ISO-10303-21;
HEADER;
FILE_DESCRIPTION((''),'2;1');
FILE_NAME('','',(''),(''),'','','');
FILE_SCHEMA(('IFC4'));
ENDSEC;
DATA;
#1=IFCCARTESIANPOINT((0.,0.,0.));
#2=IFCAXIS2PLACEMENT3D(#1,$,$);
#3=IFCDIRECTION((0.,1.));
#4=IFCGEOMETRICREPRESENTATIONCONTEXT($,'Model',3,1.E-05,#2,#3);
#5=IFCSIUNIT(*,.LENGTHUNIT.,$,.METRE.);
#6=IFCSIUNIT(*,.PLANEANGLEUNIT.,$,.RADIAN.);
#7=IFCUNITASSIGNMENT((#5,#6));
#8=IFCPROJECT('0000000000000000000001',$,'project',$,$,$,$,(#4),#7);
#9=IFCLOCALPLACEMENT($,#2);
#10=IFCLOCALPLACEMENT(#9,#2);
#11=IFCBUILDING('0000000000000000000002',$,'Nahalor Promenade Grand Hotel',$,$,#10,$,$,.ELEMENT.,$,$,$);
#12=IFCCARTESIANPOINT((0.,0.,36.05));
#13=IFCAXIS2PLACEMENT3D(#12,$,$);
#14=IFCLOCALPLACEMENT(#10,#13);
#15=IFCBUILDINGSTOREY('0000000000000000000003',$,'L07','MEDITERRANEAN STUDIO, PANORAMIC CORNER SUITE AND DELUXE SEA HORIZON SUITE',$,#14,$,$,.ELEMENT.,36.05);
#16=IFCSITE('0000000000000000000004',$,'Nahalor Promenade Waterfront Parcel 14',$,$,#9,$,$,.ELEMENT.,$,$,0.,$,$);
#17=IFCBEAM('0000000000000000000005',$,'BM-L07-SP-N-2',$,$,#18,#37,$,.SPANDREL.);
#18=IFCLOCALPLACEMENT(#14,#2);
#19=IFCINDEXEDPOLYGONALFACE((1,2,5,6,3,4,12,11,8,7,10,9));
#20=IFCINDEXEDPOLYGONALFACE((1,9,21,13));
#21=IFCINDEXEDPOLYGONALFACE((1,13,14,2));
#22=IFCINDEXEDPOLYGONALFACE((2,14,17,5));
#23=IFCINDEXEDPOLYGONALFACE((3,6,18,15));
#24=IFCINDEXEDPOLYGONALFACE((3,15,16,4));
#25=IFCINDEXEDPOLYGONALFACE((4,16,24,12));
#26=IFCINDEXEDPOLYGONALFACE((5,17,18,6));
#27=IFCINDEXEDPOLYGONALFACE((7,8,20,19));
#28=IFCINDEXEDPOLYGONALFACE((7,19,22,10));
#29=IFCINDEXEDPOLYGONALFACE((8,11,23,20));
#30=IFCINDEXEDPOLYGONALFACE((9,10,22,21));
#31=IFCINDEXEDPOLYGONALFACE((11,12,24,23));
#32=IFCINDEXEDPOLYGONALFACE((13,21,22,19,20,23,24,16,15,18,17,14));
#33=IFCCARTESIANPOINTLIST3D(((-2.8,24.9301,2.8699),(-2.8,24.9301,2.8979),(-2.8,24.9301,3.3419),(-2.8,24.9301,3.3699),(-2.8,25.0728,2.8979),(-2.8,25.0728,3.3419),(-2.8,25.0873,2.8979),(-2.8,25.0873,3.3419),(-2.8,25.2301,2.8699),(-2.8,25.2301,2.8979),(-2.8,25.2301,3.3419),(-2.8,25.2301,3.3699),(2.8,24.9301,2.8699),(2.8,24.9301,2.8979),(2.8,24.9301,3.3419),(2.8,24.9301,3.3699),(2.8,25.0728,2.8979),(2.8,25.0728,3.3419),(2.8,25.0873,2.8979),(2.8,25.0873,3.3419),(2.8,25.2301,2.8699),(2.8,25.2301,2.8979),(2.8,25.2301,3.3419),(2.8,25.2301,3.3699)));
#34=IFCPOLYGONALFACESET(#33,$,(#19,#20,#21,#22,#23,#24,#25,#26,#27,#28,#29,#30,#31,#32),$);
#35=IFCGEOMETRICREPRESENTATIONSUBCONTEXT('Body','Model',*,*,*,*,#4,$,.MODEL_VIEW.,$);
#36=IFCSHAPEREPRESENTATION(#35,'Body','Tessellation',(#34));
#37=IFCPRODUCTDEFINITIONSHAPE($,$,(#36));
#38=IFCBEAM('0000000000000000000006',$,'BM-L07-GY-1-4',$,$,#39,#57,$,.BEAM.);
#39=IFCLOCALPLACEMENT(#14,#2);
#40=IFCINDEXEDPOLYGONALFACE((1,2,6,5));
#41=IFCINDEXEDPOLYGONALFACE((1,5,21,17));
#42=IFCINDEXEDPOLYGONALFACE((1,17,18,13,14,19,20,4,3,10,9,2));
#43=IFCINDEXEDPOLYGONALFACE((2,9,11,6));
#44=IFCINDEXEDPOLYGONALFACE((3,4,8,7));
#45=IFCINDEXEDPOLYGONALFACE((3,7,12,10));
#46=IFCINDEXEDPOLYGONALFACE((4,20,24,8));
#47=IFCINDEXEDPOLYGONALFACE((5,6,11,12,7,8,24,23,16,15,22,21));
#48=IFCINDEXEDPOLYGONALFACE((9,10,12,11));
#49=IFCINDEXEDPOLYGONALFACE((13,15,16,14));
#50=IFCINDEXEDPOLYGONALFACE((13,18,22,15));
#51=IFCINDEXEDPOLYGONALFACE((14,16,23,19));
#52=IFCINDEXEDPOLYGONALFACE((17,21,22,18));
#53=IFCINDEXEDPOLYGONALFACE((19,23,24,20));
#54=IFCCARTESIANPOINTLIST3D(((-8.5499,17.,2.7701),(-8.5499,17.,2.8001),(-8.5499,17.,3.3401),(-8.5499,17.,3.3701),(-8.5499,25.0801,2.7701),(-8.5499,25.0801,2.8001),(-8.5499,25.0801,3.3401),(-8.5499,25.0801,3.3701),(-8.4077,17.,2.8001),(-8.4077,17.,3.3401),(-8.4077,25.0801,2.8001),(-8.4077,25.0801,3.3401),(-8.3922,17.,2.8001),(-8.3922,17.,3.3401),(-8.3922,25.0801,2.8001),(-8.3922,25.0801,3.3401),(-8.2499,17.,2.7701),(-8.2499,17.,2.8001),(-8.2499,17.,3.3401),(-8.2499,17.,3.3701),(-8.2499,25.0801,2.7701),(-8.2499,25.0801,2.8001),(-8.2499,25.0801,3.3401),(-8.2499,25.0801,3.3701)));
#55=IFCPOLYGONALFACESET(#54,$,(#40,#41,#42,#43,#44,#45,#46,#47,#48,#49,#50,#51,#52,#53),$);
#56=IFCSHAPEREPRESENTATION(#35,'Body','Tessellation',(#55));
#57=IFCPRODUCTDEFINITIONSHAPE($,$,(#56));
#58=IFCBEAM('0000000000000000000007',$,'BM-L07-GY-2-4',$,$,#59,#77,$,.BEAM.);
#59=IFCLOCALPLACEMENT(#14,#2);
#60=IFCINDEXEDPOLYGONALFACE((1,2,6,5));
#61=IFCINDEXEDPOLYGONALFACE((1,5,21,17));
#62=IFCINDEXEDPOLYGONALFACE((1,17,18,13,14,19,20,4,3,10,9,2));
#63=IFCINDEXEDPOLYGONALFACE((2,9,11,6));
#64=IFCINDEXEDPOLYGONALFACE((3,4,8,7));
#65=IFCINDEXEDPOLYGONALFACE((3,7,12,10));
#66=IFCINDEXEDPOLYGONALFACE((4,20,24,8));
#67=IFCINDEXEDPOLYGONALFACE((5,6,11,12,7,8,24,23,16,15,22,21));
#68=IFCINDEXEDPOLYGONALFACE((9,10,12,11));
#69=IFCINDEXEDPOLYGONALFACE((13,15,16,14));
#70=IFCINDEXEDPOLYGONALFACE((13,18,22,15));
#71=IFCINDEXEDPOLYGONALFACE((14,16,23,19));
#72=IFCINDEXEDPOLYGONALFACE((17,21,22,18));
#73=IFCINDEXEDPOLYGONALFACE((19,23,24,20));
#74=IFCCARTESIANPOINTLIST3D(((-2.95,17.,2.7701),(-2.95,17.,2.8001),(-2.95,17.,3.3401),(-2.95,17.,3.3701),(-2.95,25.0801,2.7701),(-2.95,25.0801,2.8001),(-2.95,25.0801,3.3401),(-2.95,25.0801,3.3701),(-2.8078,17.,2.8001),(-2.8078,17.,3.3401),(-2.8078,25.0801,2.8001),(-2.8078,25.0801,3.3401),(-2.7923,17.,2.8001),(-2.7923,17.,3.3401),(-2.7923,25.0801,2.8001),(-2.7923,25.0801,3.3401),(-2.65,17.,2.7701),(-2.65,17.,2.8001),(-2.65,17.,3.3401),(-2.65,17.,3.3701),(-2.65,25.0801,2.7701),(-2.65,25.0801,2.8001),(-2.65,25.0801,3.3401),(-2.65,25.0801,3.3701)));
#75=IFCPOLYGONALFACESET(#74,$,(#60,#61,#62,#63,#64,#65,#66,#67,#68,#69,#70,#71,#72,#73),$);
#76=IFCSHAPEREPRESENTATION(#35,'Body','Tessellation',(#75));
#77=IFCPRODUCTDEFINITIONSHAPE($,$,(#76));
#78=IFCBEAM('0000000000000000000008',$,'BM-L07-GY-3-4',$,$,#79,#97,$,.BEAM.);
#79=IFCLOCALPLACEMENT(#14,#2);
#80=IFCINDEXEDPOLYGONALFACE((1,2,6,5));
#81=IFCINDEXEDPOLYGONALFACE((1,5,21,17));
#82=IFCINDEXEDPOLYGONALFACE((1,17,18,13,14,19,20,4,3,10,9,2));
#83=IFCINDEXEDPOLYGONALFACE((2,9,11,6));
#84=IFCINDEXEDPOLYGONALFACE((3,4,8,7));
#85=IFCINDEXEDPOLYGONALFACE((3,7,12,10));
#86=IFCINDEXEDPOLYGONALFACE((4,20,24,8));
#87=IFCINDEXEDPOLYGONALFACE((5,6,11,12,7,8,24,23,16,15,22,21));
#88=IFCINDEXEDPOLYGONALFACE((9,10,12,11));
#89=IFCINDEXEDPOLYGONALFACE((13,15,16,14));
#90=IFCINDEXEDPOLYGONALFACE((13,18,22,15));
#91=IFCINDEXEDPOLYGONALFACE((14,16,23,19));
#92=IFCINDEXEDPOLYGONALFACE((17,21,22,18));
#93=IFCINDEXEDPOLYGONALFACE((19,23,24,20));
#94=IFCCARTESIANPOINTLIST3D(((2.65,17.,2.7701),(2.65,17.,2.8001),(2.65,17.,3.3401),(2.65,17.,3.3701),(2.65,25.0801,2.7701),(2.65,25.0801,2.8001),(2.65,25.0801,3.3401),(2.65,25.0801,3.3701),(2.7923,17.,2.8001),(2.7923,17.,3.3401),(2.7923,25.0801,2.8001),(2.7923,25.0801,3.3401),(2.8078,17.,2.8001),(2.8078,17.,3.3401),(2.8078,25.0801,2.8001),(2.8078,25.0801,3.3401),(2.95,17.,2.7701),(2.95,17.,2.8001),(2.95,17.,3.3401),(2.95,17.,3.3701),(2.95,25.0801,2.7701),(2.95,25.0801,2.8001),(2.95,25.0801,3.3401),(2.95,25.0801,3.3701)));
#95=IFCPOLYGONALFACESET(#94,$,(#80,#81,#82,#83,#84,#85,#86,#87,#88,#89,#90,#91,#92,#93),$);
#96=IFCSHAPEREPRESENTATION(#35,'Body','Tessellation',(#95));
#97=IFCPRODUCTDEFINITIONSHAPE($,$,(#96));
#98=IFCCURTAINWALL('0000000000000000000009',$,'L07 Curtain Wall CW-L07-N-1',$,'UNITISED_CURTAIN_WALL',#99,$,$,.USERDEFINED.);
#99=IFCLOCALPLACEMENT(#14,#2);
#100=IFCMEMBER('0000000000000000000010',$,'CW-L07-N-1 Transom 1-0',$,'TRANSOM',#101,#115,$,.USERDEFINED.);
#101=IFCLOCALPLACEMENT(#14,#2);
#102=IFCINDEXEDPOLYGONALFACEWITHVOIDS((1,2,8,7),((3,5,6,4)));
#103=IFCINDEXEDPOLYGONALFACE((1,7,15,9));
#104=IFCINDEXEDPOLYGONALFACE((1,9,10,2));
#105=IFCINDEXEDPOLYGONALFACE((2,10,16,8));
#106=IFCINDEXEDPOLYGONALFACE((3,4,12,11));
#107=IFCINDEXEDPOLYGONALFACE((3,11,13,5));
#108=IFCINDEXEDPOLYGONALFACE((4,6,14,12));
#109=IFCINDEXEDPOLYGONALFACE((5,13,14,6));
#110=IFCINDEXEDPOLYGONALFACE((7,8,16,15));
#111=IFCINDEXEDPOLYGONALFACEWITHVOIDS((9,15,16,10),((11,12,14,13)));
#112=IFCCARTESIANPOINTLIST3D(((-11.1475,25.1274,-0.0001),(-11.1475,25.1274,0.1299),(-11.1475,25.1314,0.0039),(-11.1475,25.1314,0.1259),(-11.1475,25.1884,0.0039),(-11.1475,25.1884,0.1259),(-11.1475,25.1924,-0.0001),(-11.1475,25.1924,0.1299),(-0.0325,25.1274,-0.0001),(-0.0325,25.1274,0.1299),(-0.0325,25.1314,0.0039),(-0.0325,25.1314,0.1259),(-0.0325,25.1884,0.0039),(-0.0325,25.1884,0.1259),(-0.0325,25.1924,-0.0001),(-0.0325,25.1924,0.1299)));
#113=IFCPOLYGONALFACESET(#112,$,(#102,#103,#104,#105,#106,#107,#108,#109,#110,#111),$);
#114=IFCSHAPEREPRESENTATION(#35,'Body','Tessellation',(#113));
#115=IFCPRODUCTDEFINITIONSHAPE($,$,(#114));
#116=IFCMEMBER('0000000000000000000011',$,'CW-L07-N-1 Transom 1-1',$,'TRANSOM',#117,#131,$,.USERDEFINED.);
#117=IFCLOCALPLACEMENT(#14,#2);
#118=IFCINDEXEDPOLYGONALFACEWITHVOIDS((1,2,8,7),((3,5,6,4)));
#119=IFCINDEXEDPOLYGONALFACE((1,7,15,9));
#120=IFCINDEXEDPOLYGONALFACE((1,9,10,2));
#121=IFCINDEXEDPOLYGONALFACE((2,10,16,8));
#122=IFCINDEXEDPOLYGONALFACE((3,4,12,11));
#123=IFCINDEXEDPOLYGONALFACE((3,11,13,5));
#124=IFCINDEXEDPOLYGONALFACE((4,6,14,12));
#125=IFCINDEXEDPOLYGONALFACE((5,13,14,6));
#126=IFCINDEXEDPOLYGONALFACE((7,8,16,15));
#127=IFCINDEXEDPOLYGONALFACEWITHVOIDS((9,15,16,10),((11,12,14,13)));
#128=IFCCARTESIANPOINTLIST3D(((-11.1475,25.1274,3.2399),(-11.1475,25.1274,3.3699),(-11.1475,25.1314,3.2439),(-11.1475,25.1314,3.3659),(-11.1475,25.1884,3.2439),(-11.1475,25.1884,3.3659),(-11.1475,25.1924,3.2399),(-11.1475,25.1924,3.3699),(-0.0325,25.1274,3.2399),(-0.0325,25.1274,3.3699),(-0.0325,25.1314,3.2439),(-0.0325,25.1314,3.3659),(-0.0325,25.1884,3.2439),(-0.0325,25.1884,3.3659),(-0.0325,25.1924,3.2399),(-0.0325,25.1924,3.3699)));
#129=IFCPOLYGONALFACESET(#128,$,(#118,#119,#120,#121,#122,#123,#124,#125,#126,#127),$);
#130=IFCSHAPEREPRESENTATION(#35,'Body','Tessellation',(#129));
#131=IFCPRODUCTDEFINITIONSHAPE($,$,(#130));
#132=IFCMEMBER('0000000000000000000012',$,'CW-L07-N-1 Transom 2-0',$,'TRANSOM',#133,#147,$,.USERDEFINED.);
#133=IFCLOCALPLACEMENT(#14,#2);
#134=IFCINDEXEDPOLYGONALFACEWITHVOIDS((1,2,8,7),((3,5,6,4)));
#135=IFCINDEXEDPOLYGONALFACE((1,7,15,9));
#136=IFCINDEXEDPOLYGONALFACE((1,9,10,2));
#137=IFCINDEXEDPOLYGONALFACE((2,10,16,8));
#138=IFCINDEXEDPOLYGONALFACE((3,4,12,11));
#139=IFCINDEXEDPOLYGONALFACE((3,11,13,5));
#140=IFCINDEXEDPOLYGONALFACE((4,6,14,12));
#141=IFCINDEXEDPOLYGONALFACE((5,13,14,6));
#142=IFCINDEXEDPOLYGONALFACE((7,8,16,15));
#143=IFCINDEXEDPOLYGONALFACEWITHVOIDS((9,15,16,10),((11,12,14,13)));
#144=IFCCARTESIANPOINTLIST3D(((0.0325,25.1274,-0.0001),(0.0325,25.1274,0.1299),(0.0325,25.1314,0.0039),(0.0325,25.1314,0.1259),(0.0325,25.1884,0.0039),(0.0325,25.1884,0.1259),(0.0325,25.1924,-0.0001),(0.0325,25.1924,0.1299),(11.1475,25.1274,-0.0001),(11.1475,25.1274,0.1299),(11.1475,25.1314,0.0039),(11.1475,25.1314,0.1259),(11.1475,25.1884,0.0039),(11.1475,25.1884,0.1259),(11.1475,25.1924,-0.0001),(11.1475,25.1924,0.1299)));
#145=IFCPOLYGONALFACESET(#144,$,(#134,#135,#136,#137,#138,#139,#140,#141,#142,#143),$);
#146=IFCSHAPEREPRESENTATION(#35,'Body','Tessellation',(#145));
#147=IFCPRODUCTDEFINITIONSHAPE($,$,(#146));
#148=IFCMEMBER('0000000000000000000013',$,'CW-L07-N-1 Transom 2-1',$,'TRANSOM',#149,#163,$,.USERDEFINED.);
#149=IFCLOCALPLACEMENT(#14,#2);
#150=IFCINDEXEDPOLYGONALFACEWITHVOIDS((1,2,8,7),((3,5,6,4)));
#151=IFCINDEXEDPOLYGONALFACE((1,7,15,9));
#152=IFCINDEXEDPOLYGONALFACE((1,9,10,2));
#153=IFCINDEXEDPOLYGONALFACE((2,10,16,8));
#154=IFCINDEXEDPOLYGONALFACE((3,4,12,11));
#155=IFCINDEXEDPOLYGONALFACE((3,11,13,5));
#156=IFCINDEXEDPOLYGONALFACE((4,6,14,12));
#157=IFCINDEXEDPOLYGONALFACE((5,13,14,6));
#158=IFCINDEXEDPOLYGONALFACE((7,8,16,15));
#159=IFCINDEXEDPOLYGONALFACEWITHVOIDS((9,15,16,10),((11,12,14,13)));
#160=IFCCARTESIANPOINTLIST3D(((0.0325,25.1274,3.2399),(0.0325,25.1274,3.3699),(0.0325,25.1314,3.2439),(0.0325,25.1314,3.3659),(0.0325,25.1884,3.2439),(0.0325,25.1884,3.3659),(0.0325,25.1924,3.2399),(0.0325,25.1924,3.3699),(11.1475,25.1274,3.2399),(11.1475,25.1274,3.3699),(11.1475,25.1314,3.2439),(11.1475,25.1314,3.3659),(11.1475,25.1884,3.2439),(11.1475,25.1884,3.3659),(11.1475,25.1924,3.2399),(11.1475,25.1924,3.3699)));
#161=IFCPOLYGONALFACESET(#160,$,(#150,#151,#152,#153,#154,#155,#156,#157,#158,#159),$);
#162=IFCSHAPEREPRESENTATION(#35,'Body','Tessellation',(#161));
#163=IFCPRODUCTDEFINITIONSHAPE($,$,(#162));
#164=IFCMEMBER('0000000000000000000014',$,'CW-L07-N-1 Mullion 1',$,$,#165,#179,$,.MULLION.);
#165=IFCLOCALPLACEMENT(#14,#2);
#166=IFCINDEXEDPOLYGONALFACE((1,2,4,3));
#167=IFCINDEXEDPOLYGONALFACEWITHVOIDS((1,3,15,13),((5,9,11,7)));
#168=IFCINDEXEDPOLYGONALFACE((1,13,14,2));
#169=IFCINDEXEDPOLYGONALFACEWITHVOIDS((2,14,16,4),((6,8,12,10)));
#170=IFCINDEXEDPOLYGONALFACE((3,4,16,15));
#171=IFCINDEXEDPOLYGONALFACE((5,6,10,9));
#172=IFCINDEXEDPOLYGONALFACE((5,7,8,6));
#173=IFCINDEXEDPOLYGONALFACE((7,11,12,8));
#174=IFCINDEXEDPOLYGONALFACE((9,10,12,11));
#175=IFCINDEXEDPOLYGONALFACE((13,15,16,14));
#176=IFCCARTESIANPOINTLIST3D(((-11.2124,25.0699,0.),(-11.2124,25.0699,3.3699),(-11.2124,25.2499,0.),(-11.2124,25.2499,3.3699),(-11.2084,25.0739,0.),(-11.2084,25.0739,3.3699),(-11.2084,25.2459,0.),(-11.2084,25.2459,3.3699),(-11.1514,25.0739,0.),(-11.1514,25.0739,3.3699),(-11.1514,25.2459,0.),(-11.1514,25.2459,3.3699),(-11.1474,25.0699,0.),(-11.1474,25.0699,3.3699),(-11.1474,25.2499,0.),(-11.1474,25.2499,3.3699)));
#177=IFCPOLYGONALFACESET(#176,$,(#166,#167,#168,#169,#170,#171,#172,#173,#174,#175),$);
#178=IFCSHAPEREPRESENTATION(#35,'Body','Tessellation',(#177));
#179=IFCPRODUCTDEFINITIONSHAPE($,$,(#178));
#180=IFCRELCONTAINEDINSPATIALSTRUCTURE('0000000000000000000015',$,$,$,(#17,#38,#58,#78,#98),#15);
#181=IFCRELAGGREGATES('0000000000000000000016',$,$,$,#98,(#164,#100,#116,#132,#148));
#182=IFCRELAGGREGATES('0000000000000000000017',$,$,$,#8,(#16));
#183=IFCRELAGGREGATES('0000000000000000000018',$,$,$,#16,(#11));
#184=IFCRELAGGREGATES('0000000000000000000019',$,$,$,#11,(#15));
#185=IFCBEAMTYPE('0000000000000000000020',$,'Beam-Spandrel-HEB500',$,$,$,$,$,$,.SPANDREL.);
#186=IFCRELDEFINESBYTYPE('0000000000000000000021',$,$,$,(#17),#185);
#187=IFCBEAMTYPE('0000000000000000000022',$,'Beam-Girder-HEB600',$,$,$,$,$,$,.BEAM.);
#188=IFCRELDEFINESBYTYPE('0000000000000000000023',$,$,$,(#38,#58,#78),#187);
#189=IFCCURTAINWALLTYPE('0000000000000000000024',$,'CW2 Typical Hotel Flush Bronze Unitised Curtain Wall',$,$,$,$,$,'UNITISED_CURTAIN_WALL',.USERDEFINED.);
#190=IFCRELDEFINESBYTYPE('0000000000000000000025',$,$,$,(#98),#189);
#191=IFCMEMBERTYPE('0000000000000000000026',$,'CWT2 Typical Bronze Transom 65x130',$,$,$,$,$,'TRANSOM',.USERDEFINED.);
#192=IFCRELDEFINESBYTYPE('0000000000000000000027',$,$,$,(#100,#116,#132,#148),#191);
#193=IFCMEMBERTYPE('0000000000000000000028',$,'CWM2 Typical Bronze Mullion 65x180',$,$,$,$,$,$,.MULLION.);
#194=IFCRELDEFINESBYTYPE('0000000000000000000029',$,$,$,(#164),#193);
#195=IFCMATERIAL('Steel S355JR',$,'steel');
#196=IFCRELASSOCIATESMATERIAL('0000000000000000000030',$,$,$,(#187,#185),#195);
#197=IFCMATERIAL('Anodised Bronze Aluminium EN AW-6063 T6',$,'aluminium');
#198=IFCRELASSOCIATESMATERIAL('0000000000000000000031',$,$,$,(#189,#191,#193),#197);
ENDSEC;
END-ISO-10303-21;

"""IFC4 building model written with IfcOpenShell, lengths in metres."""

from ifc_helpers import new_model, si_unit, direction, frame, origin, origin_2d, place, context, subcontext, project, spatial, hollow_rectangle, i_section, extrude, source, transform, mapped, material, material_profile, profile_set, type_object, element, aggregate, save


model = new_model("IFC4")

# Units and contexts
model_context = context("Model", 3, precision=1e-05, world=origin(), true_north=direction((0.0, 1.0)))
body_context = subcontext(model_context, "Body", "Model", "MODEL_VIEW")
ifc_project = project(units=[si_unit("LENGTHUNIT", "METRE"), si_unit("PLANEANGLEUNIT", "RADIAN")], contexts=[model_context])

# Site, building, storey
site_placement = place(None, origin())
site = spatial("IfcSite", under=ifc_project, at=site_placement, Name="Nahalor Promenade Waterfront Parcel 14", CompositionType="ELEMENT", RefElevation=0.0)
building_placement = place(site_placement, origin())
building = spatial("IfcBuilding", under=site, at=building_placement, Name="Nahalor Promenade Grand Hotel", CompositionType="ELEMENT")
storey_placement = place(building_placement, frame((0.0, 0.0, 36.05)))
storey = spatial("IfcBuildingStorey", under=building, at=storey_placement, Name="L07", Description="MEDITERRANEAN STUDIO, PANORAMIC CORNER SUITE AND DELUXE SEA HORIZON SUITE", CompositionType="ELEMENT", Elevation=36.05)

# Beams
ifc_material_1 = material(Name="Steel S355JR", Category="steel")
ifc_material_profile_1 = material_profile(ifc_material_1, i_section(OverallWidth=0.3, OverallDepth=0.6, WebThickness=0.0155, FlangeThickness=0.03, at=origin_2d()), Name="HEB 600")
ifc_profile_set_1 = profile_set([ifc_material_profile_1], Name="Steel S355JR")
beam_type_1 = type_object("IfcBeamType", Name="Beam-Girder-HEB600", PredefinedType="BEAM", material=ifc_profile_set_1)
ifc_material_profile_2 = material_profile(ifc_material_1, i_section(OverallWidth=0.3, OverallDepth=0.5, WebThickness=0.0145, FlangeThickness=0.028, at=origin_2d()), Name="HEB 500")
ifc_profile_set_2 = profile_set([ifc_material_profile_2], Name="Steel S355JR")
beam_type_2 = type_object("IfcBeamType", Name="Beam-Spandrel-HEB500", PredefinedType="SPANDREL", material=ifc_profile_set_2)
shared_shape_1 = source(origin(), body_context, "Body", "SweptSolid", [
    extrude(i_section(OverallWidth=0.3, OverallDepth=0.5, WebThickness=0.0145, FlangeThickness=0.028, at=origin_2d()), origin(), (0.0, 0.0, 1.0), 5.6001),
])
beam_1_placement = place(storey_placement, frame((-2.8, 25.0801, 3.1199), z_axis=(1.0, 0.0, 0.0), x_axis=(0.0, 1.0, 0.0)))
element("IfcBeam", 1, at=beam_1_placement, inside=storey, type_object=beam_type_2, Name="BM-L07-SP-N-2", PredefinedType="SPANDREL", context=body_context, shape_type="MappedRepresentation", body=[
    mapped(shared_shape_1, transform((0.0, 0.0, 0.0), scale=1.0)),
])
shared_shape_2 = source(origin(), body_context, "Body", "SweptSolid", [
    extrude(i_section(OverallWidth=0.3, OverallDepth=0.6, WebThickness=0.0155, FlangeThickness=0.03, at=origin_2d()), origin(), (0.0, 0.0, 1.0), 8.0801),
])
for number, where, z_axis, x_axis, name in (
    (2, (-8.3999, 17.0, 3.0701), (0.0, 1.0, 0.0), (-1.0, 0.0, 0.0), "BM-L07-GY-1-4"),
    (3, (-2.8, 17.0, 3.0701), (0.0, 1.0, 0.0), (-1.0, 0.0, 0.0), "BM-L07-GY-2-4"),
    (4, (2.8, 17.0, 3.0701), (0.0, 1.0, 0.0), (-1.0, 0.0, 0.0), "BM-L07-GY-3-4"),
):
    element("IfcBeam", number, at=place(storey_placement, frame(where, z_axis=z_axis, x_axis=x_axis)), inside=storey, type_object=beam_type_1, Name=name, PredefinedType="BEAM", context=body_context, shape_type="MappedRepresentation", body=[
        mapped(shared_shape_2, transform((0.0, 0.0, 0.0), scale=1.0)),
    ])

# Curtain wall, members
ifc_material_2 = material(Name="Anodised Bronze Aluminium EN AW-6063 T6", Category="aluminium")
curtain_wall_type = type_object("IfcCurtainWallType", Name="CW2 Typical Hotel Flush Bronze Unitised Curtain Wall", ElementType="UNITISED_CURTAIN_WALL", PredefinedType="USERDEFINED", material=ifc_material_2)
curtain_wall_placement = place(storey_placement, origin())
curtain_wall = element("IfcCurtainWall", 5, at=curtain_wall_placement, inside=storey, type_object=curtain_wall_type, Name="L07 Curtain Wall CW-L07-N-1", ObjectType="UNITISED_CURTAIN_WALL", PredefinedType="USERDEFINED")
ifc_material_profile_3 = material_profile(ifc_material_2, hollow_rectangle(XDim=0.065, YDim=0.13, WallThickness=0.004, at=origin_2d()), Name="CWT 65x130x4")
ifc_profile_set_3 = profile_set([ifc_material_profile_3], Name="Anodised Bronze Aluminium EN AW-6063 T6")
member_type_1 = type_object("IfcMemberType", Name="CWT2 Typical Bronze Transom 65x130", ElementType="TRANSOM", PredefinedType="USERDEFINED", material=ifc_profile_set_3)
shared_shape_3 = source(origin(), body_context, "Body", "SweptSolid", [
    extrude(hollow_rectangle(XDim=0.065, YDim=0.13, WallThickness=0.004, at=origin_2d()), origin(), (0.0, 0.0, 1.0), 11.115),
])
member_1_placement = place(storey_placement, frame((-11.1475, 25.1599, 0.0649), z_axis=(1.0, 0.0, 0.0), x_axis=(0.0, 1.0, 0.0)))
member_1 = element("IfcMember", 6, at=member_1_placement, type_object=member_type_1, Name="CW-L07-N-1 Transom 1-0", ObjectType="TRANSOM", PredefinedType="USERDEFINED", context=body_context, shape_type="MappedRepresentation", body=[
    mapped(shared_shape_3, transform((0.0, 0.0, 0.0), scale=1.0)),
])
member_2_placement = place(storey_placement, frame((-11.1475, 25.1599, 3.3049), z_axis=(1.0, 0.0, 0.0), x_axis=(0.0, 1.0, 0.0)))
member_2 = element("IfcMember", 7, at=member_2_placement, type_object=member_type_1, Name="CW-L07-N-1 Transom 1-1", ObjectType="TRANSOM", PredefinedType="USERDEFINED", context=body_context, shape_type="MappedRepresentation", body=[
    mapped(shared_shape_3, transform((0.0, 0.0, 0.0), scale=1.0)),
])
member_3_placement = place(storey_placement, frame((0.0325, 25.1599, 0.0649), z_axis=(1.0, 0.0, 0.0), x_axis=(0.0, 1.0, 0.0)))
member_3 = element("IfcMember", 8, at=member_3_placement, type_object=member_type_1, Name="CW-L07-N-1 Transom 2-0", ObjectType="TRANSOM", PredefinedType="USERDEFINED", context=body_context, shape_type="MappedRepresentation", body=[
    mapped(shared_shape_3, transform((0.0, 0.0, 0.0), scale=1.0)),
])
member_4_placement = place(storey_placement, frame((0.0325, 25.1599, 3.3049), z_axis=(1.0, 0.0, 0.0), x_axis=(0.0, 1.0, 0.0)))
member_4 = element("IfcMember", 9, at=member_4_placement, type_object=member_type_1, Name="CW-L07-N-1 Transom 2-1", ObjectType="TRANSOM", PredefinedType="USERDEFINED", context=body_context, shape_type="MappedRepresentation", body=[
    mapped(shared_shape_3, transform((0.0, 0.0, 0.0), scale=1.0)),
])
ifc_material_profile_4 = material_profile(ifc_material_2, hollow_rectangle(XDim=0.065, YDim=0.18, WallThickness=0.004, at=origin_2d()), Name="CWM 65x180x4")
ifc_profile_set_4 = profile_set([ifc_material_profile_4], Name="Anodised Bronze Aluminium EN AW-6063 T6")
member_type_2 = type_object("IfcMemberType", Name="CWM2 Typical Bronze Mullion 65x180", PredefinedType="MULLION", material=ifc_profile_set_4)
shared_shape_4 = source(origin(), body_context, "Body", "SweptSolid", [
    extrude(hollow_rectangle(XDim=0.065, YDim=0.18, WallThickness=0.004, at=origin_2d()), origin(), (0.0, 0.0, 1.0), 3.3699),
])
member_5_placement = place(storey_placement, frame((-11.1799, 25.1599, 0.0), z_axis=(0.0, 0.0, 1.0), x_axis=(1.0, 0.0, 0.0)))
member_5 = element("IfcMember", 10, at=member_5_placement, type_object=member_type_2, Name="CW-L07-N-1 Mullion 1", PredefinedType="MULLION", context=body_context, shape_type="MappedRepresentation", body=[
    mapped(shared_shape_4, transform((0.0, 0.0, 0.0), scale=1.0)),
])
aggregate(curtain_wall, [member_5, member_1, member_2, member_3, member_4])

save(model, "model.ifc")
